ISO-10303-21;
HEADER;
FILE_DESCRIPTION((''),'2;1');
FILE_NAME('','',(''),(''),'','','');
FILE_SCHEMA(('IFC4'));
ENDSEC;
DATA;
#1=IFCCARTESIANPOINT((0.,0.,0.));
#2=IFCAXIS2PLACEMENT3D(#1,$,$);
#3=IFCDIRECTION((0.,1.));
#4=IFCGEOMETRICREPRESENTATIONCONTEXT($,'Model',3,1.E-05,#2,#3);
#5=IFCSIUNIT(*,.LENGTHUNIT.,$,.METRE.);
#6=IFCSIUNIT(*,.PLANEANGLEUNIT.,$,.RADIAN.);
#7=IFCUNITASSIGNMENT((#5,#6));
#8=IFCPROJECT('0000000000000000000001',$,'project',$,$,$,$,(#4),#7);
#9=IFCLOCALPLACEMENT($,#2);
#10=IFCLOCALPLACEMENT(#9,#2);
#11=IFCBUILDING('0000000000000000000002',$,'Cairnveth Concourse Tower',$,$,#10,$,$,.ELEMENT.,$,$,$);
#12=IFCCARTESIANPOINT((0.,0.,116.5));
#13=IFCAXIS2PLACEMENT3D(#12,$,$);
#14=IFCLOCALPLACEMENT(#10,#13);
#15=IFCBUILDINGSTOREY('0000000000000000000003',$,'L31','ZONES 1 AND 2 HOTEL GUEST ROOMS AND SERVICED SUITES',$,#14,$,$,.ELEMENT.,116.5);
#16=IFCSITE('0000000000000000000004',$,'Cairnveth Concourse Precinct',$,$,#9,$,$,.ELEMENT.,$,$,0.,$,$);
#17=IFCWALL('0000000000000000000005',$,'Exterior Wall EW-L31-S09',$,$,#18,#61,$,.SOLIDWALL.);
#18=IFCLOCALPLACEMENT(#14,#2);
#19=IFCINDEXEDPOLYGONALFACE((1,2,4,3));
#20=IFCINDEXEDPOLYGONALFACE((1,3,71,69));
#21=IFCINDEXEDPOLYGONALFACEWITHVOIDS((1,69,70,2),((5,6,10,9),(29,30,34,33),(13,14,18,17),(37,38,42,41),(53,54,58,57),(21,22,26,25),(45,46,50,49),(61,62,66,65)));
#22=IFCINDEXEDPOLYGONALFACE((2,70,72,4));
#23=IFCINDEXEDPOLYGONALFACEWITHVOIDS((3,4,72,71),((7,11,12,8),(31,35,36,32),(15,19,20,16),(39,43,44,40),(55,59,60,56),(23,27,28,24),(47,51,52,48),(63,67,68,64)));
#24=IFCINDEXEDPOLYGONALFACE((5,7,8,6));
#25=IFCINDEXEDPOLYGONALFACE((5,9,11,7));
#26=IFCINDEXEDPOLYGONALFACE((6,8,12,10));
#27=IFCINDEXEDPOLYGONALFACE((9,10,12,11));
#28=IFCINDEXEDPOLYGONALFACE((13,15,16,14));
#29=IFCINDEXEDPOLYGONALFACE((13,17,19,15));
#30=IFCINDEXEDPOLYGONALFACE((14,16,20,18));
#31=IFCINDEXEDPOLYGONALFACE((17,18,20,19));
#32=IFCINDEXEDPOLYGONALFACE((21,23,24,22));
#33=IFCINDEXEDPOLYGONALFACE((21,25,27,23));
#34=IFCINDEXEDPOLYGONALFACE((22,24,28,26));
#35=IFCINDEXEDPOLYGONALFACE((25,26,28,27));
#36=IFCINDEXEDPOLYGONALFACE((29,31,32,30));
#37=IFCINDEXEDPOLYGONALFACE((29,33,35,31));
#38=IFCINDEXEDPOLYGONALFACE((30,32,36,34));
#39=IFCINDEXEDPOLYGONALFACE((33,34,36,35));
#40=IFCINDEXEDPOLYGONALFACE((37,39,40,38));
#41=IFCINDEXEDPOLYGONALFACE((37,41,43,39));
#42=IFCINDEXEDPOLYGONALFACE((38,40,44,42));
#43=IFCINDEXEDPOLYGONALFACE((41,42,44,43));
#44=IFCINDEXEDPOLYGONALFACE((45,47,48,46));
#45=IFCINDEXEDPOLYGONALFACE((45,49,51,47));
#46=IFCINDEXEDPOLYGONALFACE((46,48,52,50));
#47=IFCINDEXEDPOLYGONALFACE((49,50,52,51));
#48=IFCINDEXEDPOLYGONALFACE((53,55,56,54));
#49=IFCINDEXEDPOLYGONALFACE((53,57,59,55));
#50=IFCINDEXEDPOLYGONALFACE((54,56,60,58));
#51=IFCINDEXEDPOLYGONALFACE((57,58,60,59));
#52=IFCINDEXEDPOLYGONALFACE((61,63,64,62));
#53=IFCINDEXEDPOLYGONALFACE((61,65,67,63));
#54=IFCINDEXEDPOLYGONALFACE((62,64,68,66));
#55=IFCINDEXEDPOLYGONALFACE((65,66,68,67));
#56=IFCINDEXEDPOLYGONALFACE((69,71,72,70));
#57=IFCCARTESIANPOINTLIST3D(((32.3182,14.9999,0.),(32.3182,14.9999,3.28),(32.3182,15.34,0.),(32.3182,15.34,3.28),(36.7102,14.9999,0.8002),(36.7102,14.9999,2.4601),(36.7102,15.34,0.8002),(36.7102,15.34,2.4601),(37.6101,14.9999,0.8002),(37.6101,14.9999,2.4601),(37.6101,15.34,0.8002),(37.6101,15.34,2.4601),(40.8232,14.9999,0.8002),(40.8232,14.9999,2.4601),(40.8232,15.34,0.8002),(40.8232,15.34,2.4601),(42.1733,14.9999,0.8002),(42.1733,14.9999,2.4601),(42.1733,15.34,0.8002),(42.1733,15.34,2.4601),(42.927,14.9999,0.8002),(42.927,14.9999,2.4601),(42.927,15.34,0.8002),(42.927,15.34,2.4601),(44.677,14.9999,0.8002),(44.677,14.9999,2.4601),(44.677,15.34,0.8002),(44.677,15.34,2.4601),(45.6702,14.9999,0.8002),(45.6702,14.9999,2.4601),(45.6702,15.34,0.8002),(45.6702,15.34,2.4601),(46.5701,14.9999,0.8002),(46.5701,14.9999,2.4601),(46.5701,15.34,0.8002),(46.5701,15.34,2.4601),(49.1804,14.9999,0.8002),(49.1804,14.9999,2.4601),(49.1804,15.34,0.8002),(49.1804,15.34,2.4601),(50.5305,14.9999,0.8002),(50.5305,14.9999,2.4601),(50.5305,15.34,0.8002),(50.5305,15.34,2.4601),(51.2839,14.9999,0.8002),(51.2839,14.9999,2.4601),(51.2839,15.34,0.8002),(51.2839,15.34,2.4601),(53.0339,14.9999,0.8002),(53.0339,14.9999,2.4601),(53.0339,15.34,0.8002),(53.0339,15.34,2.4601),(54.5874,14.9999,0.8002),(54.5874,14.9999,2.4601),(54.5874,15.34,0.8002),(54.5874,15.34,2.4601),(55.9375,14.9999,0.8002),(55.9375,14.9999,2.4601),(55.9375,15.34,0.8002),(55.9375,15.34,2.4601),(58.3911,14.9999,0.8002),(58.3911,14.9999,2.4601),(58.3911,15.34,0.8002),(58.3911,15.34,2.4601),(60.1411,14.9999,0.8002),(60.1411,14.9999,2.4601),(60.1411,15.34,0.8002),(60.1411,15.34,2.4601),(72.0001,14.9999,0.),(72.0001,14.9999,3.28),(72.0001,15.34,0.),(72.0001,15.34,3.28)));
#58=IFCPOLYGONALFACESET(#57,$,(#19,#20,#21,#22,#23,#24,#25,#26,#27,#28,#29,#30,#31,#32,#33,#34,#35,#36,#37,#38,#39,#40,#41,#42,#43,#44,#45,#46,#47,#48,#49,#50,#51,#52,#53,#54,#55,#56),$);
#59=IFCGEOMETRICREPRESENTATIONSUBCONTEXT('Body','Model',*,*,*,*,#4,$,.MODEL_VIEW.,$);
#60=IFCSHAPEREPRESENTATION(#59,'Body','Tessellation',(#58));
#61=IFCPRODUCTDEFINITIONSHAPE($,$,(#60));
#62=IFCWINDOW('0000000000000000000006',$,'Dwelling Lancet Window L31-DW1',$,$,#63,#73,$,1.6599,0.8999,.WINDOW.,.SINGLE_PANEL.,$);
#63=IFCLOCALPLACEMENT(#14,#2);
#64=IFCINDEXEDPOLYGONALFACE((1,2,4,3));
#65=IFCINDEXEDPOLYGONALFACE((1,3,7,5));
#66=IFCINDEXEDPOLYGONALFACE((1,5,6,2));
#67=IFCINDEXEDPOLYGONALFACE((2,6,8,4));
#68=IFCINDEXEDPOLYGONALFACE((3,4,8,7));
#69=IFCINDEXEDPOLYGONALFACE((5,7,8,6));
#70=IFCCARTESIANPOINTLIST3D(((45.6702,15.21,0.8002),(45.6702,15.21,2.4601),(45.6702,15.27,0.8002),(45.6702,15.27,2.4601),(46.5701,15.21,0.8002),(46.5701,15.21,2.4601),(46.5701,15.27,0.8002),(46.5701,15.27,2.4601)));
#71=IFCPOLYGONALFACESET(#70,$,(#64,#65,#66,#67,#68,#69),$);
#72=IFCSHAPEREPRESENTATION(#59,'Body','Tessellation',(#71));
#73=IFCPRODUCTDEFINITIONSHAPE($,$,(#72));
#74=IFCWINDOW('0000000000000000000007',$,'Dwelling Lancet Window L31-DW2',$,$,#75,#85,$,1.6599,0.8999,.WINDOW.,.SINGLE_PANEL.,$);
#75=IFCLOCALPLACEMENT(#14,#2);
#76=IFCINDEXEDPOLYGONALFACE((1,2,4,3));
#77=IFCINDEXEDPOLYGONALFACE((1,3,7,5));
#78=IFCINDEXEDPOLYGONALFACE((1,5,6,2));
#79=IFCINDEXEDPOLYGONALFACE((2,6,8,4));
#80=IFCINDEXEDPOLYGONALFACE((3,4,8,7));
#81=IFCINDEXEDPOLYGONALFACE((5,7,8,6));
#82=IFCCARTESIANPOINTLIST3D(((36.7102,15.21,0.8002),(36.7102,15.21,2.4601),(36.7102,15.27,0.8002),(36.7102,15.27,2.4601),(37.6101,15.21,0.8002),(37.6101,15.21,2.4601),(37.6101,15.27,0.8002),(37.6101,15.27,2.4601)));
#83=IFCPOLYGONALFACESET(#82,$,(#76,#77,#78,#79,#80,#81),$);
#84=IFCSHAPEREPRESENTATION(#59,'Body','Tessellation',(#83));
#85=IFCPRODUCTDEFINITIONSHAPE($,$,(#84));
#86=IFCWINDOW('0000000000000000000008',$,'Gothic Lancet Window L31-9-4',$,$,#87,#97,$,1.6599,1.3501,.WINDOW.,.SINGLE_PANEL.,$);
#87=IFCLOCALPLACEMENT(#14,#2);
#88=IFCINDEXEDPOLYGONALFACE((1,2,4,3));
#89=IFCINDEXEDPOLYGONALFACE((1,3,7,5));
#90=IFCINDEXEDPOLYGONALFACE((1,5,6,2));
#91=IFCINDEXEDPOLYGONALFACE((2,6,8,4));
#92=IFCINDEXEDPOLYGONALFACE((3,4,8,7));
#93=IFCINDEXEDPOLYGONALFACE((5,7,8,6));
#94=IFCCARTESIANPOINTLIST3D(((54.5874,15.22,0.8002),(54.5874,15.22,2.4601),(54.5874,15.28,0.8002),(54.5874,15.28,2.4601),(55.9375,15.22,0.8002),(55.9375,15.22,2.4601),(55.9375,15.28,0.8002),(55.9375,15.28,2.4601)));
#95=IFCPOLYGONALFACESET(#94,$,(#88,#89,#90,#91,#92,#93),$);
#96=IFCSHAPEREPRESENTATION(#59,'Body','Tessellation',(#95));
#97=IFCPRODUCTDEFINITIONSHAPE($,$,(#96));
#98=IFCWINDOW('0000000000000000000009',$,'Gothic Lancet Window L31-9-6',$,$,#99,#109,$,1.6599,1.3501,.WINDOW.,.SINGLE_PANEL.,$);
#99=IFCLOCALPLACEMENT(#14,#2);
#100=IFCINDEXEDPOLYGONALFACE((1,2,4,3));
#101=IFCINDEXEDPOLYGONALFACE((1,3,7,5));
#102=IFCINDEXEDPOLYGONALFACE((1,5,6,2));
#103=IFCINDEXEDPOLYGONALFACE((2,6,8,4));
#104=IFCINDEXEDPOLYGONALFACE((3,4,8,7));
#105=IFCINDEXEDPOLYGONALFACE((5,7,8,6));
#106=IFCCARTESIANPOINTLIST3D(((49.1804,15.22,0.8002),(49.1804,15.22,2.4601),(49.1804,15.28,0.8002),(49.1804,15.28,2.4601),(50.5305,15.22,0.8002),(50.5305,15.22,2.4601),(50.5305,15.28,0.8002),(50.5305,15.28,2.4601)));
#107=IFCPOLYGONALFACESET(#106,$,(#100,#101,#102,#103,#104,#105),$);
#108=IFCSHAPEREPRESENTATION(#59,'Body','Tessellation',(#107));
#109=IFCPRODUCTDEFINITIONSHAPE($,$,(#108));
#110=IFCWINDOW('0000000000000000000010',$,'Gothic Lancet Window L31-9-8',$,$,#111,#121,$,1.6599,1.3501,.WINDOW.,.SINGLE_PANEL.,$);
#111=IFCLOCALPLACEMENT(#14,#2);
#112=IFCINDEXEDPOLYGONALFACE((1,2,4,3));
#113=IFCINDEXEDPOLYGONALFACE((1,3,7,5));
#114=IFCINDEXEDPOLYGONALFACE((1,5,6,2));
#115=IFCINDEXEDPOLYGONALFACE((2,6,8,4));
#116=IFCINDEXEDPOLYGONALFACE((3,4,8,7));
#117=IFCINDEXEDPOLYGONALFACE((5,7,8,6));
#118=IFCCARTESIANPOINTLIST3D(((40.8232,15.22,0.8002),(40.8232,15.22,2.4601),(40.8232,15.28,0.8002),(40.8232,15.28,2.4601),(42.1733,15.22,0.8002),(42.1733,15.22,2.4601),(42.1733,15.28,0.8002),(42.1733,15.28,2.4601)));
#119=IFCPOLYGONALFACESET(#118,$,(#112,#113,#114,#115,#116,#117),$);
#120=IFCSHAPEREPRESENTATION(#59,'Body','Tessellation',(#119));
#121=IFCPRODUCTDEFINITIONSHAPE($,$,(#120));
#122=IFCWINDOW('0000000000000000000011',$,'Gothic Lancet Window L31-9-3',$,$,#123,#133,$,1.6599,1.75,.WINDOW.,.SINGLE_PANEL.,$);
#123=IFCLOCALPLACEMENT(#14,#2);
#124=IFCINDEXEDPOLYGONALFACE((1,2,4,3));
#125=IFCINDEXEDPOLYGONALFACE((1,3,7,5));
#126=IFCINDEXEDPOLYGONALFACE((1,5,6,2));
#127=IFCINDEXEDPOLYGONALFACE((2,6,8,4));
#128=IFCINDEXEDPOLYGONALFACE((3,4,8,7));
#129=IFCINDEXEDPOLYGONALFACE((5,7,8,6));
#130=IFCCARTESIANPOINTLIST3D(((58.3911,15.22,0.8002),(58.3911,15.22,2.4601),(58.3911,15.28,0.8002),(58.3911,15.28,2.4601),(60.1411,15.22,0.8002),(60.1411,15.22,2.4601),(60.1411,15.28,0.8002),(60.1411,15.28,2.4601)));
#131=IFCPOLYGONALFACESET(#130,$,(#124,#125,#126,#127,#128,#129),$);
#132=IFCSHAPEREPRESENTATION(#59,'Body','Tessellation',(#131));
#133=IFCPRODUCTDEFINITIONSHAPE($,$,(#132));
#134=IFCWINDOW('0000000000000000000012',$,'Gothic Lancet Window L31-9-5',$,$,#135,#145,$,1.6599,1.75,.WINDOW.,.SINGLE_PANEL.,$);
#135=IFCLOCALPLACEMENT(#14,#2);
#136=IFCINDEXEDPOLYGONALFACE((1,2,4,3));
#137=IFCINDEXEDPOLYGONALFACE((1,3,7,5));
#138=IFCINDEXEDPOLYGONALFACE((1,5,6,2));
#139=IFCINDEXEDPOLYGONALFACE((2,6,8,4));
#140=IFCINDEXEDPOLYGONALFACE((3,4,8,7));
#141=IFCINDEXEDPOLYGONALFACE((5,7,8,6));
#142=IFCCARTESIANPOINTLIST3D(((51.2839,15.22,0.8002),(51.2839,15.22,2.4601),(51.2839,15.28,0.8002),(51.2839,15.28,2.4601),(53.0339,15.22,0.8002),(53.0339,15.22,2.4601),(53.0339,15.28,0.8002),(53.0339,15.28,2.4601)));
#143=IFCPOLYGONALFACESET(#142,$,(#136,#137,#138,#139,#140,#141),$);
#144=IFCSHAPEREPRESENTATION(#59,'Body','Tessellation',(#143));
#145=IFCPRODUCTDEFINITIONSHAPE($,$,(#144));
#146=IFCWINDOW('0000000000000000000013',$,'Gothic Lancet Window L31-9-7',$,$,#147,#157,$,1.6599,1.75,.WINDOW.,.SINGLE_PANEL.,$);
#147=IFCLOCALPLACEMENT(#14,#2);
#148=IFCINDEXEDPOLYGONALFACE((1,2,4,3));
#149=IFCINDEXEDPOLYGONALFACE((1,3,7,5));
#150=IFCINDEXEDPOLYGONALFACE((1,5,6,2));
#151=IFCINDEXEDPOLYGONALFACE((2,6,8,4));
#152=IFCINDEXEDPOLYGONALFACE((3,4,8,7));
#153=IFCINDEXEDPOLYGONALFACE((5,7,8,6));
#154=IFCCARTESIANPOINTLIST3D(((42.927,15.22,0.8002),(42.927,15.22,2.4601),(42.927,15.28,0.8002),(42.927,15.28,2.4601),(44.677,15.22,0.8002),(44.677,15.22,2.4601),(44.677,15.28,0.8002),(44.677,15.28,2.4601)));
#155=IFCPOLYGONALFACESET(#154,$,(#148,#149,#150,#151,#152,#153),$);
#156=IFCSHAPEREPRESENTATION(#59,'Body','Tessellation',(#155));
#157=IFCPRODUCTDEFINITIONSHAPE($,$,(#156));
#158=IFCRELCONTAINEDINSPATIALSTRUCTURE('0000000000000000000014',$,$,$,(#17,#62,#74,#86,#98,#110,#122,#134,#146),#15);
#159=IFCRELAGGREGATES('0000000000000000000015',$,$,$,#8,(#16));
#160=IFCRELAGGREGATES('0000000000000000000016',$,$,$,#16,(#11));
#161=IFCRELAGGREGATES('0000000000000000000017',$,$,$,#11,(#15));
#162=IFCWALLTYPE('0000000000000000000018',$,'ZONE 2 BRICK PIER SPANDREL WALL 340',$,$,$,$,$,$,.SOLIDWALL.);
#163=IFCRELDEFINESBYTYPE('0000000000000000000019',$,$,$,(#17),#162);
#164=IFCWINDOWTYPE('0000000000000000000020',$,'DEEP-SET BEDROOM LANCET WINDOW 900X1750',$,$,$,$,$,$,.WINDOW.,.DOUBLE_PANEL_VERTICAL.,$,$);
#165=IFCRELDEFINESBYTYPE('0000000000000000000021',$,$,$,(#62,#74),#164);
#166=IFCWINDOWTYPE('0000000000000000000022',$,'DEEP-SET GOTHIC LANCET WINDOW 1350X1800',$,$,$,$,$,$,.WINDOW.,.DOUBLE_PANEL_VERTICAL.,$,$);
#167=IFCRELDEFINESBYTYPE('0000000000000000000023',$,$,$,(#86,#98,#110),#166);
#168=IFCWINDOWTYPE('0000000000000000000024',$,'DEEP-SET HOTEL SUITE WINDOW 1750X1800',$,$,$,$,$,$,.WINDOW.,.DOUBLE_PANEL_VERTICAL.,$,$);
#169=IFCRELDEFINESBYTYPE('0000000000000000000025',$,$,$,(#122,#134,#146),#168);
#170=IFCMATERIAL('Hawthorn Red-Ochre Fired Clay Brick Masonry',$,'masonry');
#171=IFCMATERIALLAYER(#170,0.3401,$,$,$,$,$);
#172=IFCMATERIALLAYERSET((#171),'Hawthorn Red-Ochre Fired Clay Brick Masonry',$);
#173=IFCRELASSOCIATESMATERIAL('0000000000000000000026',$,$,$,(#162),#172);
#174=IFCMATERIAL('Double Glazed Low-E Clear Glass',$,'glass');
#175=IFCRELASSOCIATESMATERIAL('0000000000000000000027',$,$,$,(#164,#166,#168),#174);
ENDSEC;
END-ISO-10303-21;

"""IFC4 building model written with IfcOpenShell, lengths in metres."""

from ifc_helpers import new_model, si_unit, direction, frame, frame_2d, origin, place, context, subcontext, project, spatial, rectangle, extrude, material, layer, layer_set, type_object, element, fill, save


model = new_model("IFC4")

# Units and contexts
model_context = context("Model", 3, precision=1e-05, world=origin(), true_north=direction((0.0, 1.0)))
body_context = subcontext(model_context, "Body", "Model", "MODEL_VIEW")
ifc_project = project(units=[si_unit("LENGTHUNIT", "METRE"), si_unit("PLANEANGLEUNIT", "RADIAN")], contexts=[model_context])

# Site, building, storey
site_placement = place(None, origin())
site = spatial("IfcSite", under=ifc_project, at=site_placement, Name="Cairnveth Concourse Precinct", CompositionType="ELEMENT", RefElevation=0.0)
building_placement = place(site_placement, origin())
building = spatial("IfcBuilding", under=site, at=building_placement, Name="Cairnveth Concourse Tower", CompositionType="ELEMENT")
storey_placement = place(building_placement, frame((0.0, 0.0, 116.5)))
storey = spatial("IfcBuildingStorey", under=building, at=storey_placement, Name="L31", Description="ZONES 1 AND 2 HOTEL GUEST ROOMS AND SERVICED SUITES", CompositionType="ELEMENT", Elevation=116.5)

# Wall, openings, windows
ifc_material_1 = material(Name="Hawthorn Red-Ochre Fired Clay Brick Masonry", Category="masonry")
ifc_layer_1 = layer(ifc_material_1, 0.3401)
ifc_layer_set_1 = layer_set([ifc_layer_1], Name="Hawthorn Red-Ochre Fired Clay Brick Masonry")
wall_type_1 = type_object("IfcWallType", Name="ZONE 2 BRICK PIER SPANDREL WALL 340", PredefinedType="SOLIDWALL", material=ifc_layer_set_1)
wall_1_placement = place(storey_placement, frame((72.0, 15.1699, 0.0), z_axis=(0.0, 0.0, 1.0), x_axis=(-1.0, 0.0, 0.0)))
wall_1 = element("IfcWall", 1, at=wall_1_placement, inside=storey, type_object=wall_type_1, Name="Exterior Wall EW-L31-S09", PredefinedType="SOLIDWALL", context=body_context, shape_type="SweptSolid", body=[
    extrude(rectangle(XDim=39.6819, YDim=0.3401, at=frame_2d((19.8408, 0.0))), origin(), (0.0, 0.0, 1.0), 3.28),
])
opening_1_placement = place(wall_1_placement, frame((11.8589, 0.0, 0.8)))
opening_1 = element("IfcOpeningElement", 2, at=opening_1_placement, cuts=wall_1, PredefinedType="OPENING", context=body_context, shape_type="SweptSolid", body=[
    extrude(rectangle(XDim=1.75, YDim=1.6599, at=frame_2d((0.875, 0.8301))), frame((0.0, 0.1799, 0.0), z_axis=(0.0, -1.0, 0.0), x_axis=(1.0, 0.0, 0.0)), (0.0, 0.0, 1.0), 0.3601),
])
opening_2_placement = place(wall_1_placement, frame((16.0625, 0.0, 0.8)))
opening_2 = element("IfcOpeningElement", 3, at=opening_2_placement, cuts=wall_1, PredefinedType="OPENING", context=body_context, shape_type="SweptSolid", body=[
    extrude(rectangle(XDim=1.3501, YDim=1.6599, at=frame_2d((0.675, 0.8301))), frame((0.0, 0.1799, 0.0), z_axis=(0.0, -1.0, 0.0), x_axis=(1.0, 0.0, 0.0)), (0.0, 0.0, 1.0), 0.3601),
])
opening_3_placement = place(wall_1_placement, frame((18.9661, 0.0, 0.8)))
opening_3 = element("IfcOpeningElement", 4, at=opening_3_placement, cuts=wall_1, PredefinedType="OPENING", context=body_context, shape_type="SweptSolid", body=[
    extrude(rectangle(XDim=1.75, YDim=1.6599, at=frame_2d((0.875, 0.8301))), frame((0.0, 0.1799, 0.0), z_axis=(0.0, -1.0, 0.0), x_axis=(1.0, 0.0, 0.0)), (0.0, 0.0, 1.0), 0.3601),
])
opening_4_placement = place(wall_1_placement, frame((21.4695, 0.0, 0.8)))
opening_4 = element("IfcOpeningElement", 5, at=opening_4_placement, cuts=wall_1, PredefinedType="OPENING", context=body_context, shape_type="SweptSolid", body=[
    extrude(rectangle(XDim=1.3501, YDim=1.6599, at=frame_2d((0.675, 0.8301))), frame((0.0, 0.1799, 0.0), z_axis=(0.0, -1.0, 0.0), x_axis=(1.0, 0.0, 0.0)), (0.0, 0.0, 1.0), 0.3601),
])
opening_5_placement = place(wall_1_placement, frame((27.323, 0.0, 0.8)))
opening_5 = element("IfcOpeningElement", 6, at=opening_5_placement, cuts=wall_1, PredefinedType="OPENING", context=body_context, shape_type="SweptSolid", body=[
    extrude(rectangle(XDim=1.75, YDim=1.6599, at=frame_2d((0.875, 0.8301))), frame((0.0, 0.1799, 0.0), z_axis=(0.0, -1.0, 0.0), x_axis=(1.0, 0.0, 0.0)), (0.0, 0.0, 1.0), 0.3601),
])
opening_6_placement = place(wall_1_placement, frame((29.8267, 0.0, 0.8)))
opening_6 = element("IfcOpeningElement", 7, at=opening_6_placement, cuts=wall_1, PredefinedType="OPENING", context=body_context, shape_type="SweptSolid", body=[
    extrude(rectangle(XDim=1.3501, YDim=1.6599, at=frame_2d((0.675, 0.8301))), frame((0.0, 0.1799, 0.0), z_axis=(0.0, -1.0, 0.0), x_axis=(1.0, 0.0, 0.0)), (0.0, 0.0, 1.0), 0.3601),
])
opening_7_placement = place(wall_1_placement, frame((25.4299, 0.0, 0.8)))
opening_7 = element("IfcOpeningElement", 8, at=opening_7_placement, cuts=wall_1, PredefinedType="OPENING", context=body_context, shape_type="SweptSolid", body=[
    extrude(rectangle(XDim=0.8999, YDim=1.6599, at=frame_2d((0.45, 0.8301))), frame((0.0, 0.1799, 0.0), z_axis=(0.0, -1.0, 0.0), x_axis=(1.0, 0.0, 0.0)), (0.0, 0.0, 1.0), 0.3601),
])
opening_8_placement = place(wall_1_placement, frame((34.3899, 0.0, 0.8)))
opening_8 = element("IfcOpeningElement", 9, at=opening_8_placement, cuts=wall_1, PredefinedType="OPENING", context=body_context, shape_type="SweptSolid", body=[
    extrude(rectangle(XDim=0.8999, YDim=1.6599, at=frame_2d((0.45, 0.8301))), frame((0.0, 0.1799, 0.0), z_axis=(0.0, -1.0, 0.0), x_axis=(1.0, 0.0, 0.0)), (0.0, 0.0, 1.0), 0.3601),
])
ifc_material_2 = material(Name="Double Glazed Low-E Clear Glass", Category="glass")
window_type_1 = type_object("IfcWindowType", Name="DEEP-SET BEDROOM LANCET WINDOW 900X1750", PartitioningType="DOUBLE_PANEL_VERTICAL", PredefinedType="WINDOW", material=ifc_material_2)
window_1_placement = place(opening_7_placement, origin())
window_1 = element("IfcWindow", 10, at=window_1_placement, inside=storey, type_object=window_type_1, Name="Dwelling Lancet Window L31-DW1", OverallHeight=1.6599, OverallWidth=0.8999, PartitioningType="SINGLE_PANEL", PredefinedType="WINDOW", context=body_context, shape_type="SweptSolid", body=[
    extrude(rectangle(XDim=0.8999, YDim=1.6599, at=frame_2d((0.45, 0.8301))), frame((0.0, -0.04, 0.0), z_axis=(0.0, -1.0, 0.0), x_axis=(1.0, 0.0, 0.0)), (0.0, 0.0, 1.0), 0.0601),
])
fill(opening_7, window_1)
window_2_placement = place(opening_8_placement, origin())
window_2 = element("IfcWindow", 11, at=window_2_placement, inside=storey, type_object=window_type_1, Name="Dwelling Lancet Window L31-DW2", OverallHeight=1.6599, OverallWidth=0.8999, PartitioningType="SINGLE_PANEL", PredefinedType="WINDOW", context=body_context, shape_type="SweptSolid", body=[
    extrude(rectangle(XDim=0.8999, YDim=1.6599, at=frame_2d((0.45, 0.8301))), frame((0.0, -0.04, 0.0), z_axis=(0.0, -1.0, 0.0), x_axis=(1.0, 0.0, 0.0)), (0.0, 0.0, 1.0), 0.0601),
])
fill(opening_8, window_2)
window_type_2 = type_object("IfcWindowType", Name="DEEP-SET GOTHIC LANCET WINDOW 1350X1800", PartitioningType="DOUBLE_PANEL_VERTICAL", PredefinedType="WINDOW", material=ifc_material_2)
window_3_placement = place(opening_2_placement, origin())
window_3 = element("IfcWindow", 12, at=window_3_placement, inside=storey, type_object=window_type_2, Name="Gothic Lancet Window L31-9-4", OverallHeight=1.6599, OverallWidth=1.3501, PartitioningType="SINGLE_PANEL", PredefinedType="WINDOW", context=body_context, shape_type="SweptSolid", body=[
    extrude(rectangle(XDim=1.3501, YDim=1.6599, at=frame_2d((0.675, 0.8301))), frame((0.0, -0.05, 0.0), z_axis=(0.0, -1.0, 0.0), x_axis=(1.0, 0.0, 0.0)), (0.0, 0.0, 1.0), 0.0601),
])
fill(opening_2, window_3)
window_4_placement = place(opening_4_placement, origin())
window_4 = element("IfcWindow", 13, at=window_4_placement, inside=storey, type_object=window_type_2, Name="Gothic Lancet Window L31-9-6", OverallHeight=1.6599, OverallWidth=1.3501, PartitioningType="SINGLE_PANEL", PredefinedType="WINDOW", context=body_context, shape_type="SweptSolid", body=[
    extrude(rectangle(XDim=1.3501, YDim=1.6599, at=frame_2d((0.675, 0.8301))), frame((0.0, -0.05, 0.0), z_axis=(0.0, -1.0, 0.0), x_axis=(1.0, 0.0, 0.0)), (0.0, 0.0, 1.0), 0.0601),
])
fill(opening_4, window_4)
window_5_placement = place(opening_6_placement, origin())
window_5 = element("IfcWindow", 14, at=window_5_placement, inside=storey, type_object=window_type_2, Name="Gothic Lancet Window L31-9-8", OverallHeight=1.6599, OverallWidth=1.3501, PartitioningType="SINGLE_PANEL", PredefinedType="WINDOW", context=body_context, shape_type="SweptSolid", body=[
    extrude(rectangle(XDim=1.3501, YDim=1.6599, at=frame_2d((0.675, 0.8301))), frame((0.0, -0.05, 0.0), z_axis=(0.0, -1.0, 0.0), x_axis=(1.0, 0.0, 0.0)), (0.0, 0.0, 1.0), 0.0601),
])
fill(opening_6, window_5)
window_type_3 = type_object("IfcWindowType", Name="DEEP-SET HOTEL SUITE WINDOW 1750X1800", PartitioningType="DOUBLE_PANEL_VERTICAL", PredefinedType="WINDOW", material=ifc_material_2)
window_6_placement = place(opening_1_placement, origin())
window_6 = element("IfcWindow", 15, at=window_6_placement, inside=storey, type_object=window_type_3, Name="Gothic Lancet Window L31-9-3", OverallHeight=1.6599, OverallWidth=1.75, PartitioningType="SINGLE_PANEL", PredefinedType="WINDOW", context=body_context, shape_type="SweptSolid", body=[
    extrude(rectangle(XDim=1.75, YDim=1.6599, at=frame_2d((0.875, 0.8301))), frame((0.0, -0.05, 0.0), z_axis=(0.0, -1.0, 0.0), x_axis=(1.0, 0.0, 0.0)), (0.0, 0.0, 1.0), 0.0601),
])
fill(opening_1, window_6)
window_7_placement = place(opening_3_placement, origin())
window_7 = element("IfcWindow", 16, at=window_7_placement, inside=storey, type_object=window_type_3, Name="Gothic Lancet Window L31-9-5", OverallHeight=1.6599, OverallWidth=1.75, PartitioningType="SINGLE_PANEL", PredefinedType="WINDOW", context=body_context, shape_type="SweptSolid", body=[
    extrude(rectangle(XDim=1.75, YDim=1.6599, at=frame_2d((0.875, 0.8301))), frame((0.0, -0.05, 0.0), z_axis=(0.0, -1.0, 0.0), x_axis=(1.0, 0.0, 0.0)), (0.0, 0.0, 1.0), 0.0601),
])
fill(opening_3, window_7)
window_8_placement = place(opening_5_placement, origin())
window_8 = element("IfcWindow", 17, at=window_8_placement, inside=storey, type_object=window_type_3, Name="Gothic Lancet Window L31-9-7", OverallHeight=1.6599, OverallWidth=1.75, PartitioningType="SINGLE_PANEL", PredefinedType="WINDOW", context=body_context, shape_type="SweptSolid", body=[
    extrude(rectangle(XDim=1.75, YDim=1.6599, at=frame_2d((0.875, 0.8301))), frame((0.0, -0.05, 0.0), z_axis=(0.0, -1.0, 0.0), x_axis=(1.0, 0.0, 0.0)), (0.0, 0.0, 1.0), 0.0601),
])
fill(opening_5, window_8)

save(model, "model.ifc")
